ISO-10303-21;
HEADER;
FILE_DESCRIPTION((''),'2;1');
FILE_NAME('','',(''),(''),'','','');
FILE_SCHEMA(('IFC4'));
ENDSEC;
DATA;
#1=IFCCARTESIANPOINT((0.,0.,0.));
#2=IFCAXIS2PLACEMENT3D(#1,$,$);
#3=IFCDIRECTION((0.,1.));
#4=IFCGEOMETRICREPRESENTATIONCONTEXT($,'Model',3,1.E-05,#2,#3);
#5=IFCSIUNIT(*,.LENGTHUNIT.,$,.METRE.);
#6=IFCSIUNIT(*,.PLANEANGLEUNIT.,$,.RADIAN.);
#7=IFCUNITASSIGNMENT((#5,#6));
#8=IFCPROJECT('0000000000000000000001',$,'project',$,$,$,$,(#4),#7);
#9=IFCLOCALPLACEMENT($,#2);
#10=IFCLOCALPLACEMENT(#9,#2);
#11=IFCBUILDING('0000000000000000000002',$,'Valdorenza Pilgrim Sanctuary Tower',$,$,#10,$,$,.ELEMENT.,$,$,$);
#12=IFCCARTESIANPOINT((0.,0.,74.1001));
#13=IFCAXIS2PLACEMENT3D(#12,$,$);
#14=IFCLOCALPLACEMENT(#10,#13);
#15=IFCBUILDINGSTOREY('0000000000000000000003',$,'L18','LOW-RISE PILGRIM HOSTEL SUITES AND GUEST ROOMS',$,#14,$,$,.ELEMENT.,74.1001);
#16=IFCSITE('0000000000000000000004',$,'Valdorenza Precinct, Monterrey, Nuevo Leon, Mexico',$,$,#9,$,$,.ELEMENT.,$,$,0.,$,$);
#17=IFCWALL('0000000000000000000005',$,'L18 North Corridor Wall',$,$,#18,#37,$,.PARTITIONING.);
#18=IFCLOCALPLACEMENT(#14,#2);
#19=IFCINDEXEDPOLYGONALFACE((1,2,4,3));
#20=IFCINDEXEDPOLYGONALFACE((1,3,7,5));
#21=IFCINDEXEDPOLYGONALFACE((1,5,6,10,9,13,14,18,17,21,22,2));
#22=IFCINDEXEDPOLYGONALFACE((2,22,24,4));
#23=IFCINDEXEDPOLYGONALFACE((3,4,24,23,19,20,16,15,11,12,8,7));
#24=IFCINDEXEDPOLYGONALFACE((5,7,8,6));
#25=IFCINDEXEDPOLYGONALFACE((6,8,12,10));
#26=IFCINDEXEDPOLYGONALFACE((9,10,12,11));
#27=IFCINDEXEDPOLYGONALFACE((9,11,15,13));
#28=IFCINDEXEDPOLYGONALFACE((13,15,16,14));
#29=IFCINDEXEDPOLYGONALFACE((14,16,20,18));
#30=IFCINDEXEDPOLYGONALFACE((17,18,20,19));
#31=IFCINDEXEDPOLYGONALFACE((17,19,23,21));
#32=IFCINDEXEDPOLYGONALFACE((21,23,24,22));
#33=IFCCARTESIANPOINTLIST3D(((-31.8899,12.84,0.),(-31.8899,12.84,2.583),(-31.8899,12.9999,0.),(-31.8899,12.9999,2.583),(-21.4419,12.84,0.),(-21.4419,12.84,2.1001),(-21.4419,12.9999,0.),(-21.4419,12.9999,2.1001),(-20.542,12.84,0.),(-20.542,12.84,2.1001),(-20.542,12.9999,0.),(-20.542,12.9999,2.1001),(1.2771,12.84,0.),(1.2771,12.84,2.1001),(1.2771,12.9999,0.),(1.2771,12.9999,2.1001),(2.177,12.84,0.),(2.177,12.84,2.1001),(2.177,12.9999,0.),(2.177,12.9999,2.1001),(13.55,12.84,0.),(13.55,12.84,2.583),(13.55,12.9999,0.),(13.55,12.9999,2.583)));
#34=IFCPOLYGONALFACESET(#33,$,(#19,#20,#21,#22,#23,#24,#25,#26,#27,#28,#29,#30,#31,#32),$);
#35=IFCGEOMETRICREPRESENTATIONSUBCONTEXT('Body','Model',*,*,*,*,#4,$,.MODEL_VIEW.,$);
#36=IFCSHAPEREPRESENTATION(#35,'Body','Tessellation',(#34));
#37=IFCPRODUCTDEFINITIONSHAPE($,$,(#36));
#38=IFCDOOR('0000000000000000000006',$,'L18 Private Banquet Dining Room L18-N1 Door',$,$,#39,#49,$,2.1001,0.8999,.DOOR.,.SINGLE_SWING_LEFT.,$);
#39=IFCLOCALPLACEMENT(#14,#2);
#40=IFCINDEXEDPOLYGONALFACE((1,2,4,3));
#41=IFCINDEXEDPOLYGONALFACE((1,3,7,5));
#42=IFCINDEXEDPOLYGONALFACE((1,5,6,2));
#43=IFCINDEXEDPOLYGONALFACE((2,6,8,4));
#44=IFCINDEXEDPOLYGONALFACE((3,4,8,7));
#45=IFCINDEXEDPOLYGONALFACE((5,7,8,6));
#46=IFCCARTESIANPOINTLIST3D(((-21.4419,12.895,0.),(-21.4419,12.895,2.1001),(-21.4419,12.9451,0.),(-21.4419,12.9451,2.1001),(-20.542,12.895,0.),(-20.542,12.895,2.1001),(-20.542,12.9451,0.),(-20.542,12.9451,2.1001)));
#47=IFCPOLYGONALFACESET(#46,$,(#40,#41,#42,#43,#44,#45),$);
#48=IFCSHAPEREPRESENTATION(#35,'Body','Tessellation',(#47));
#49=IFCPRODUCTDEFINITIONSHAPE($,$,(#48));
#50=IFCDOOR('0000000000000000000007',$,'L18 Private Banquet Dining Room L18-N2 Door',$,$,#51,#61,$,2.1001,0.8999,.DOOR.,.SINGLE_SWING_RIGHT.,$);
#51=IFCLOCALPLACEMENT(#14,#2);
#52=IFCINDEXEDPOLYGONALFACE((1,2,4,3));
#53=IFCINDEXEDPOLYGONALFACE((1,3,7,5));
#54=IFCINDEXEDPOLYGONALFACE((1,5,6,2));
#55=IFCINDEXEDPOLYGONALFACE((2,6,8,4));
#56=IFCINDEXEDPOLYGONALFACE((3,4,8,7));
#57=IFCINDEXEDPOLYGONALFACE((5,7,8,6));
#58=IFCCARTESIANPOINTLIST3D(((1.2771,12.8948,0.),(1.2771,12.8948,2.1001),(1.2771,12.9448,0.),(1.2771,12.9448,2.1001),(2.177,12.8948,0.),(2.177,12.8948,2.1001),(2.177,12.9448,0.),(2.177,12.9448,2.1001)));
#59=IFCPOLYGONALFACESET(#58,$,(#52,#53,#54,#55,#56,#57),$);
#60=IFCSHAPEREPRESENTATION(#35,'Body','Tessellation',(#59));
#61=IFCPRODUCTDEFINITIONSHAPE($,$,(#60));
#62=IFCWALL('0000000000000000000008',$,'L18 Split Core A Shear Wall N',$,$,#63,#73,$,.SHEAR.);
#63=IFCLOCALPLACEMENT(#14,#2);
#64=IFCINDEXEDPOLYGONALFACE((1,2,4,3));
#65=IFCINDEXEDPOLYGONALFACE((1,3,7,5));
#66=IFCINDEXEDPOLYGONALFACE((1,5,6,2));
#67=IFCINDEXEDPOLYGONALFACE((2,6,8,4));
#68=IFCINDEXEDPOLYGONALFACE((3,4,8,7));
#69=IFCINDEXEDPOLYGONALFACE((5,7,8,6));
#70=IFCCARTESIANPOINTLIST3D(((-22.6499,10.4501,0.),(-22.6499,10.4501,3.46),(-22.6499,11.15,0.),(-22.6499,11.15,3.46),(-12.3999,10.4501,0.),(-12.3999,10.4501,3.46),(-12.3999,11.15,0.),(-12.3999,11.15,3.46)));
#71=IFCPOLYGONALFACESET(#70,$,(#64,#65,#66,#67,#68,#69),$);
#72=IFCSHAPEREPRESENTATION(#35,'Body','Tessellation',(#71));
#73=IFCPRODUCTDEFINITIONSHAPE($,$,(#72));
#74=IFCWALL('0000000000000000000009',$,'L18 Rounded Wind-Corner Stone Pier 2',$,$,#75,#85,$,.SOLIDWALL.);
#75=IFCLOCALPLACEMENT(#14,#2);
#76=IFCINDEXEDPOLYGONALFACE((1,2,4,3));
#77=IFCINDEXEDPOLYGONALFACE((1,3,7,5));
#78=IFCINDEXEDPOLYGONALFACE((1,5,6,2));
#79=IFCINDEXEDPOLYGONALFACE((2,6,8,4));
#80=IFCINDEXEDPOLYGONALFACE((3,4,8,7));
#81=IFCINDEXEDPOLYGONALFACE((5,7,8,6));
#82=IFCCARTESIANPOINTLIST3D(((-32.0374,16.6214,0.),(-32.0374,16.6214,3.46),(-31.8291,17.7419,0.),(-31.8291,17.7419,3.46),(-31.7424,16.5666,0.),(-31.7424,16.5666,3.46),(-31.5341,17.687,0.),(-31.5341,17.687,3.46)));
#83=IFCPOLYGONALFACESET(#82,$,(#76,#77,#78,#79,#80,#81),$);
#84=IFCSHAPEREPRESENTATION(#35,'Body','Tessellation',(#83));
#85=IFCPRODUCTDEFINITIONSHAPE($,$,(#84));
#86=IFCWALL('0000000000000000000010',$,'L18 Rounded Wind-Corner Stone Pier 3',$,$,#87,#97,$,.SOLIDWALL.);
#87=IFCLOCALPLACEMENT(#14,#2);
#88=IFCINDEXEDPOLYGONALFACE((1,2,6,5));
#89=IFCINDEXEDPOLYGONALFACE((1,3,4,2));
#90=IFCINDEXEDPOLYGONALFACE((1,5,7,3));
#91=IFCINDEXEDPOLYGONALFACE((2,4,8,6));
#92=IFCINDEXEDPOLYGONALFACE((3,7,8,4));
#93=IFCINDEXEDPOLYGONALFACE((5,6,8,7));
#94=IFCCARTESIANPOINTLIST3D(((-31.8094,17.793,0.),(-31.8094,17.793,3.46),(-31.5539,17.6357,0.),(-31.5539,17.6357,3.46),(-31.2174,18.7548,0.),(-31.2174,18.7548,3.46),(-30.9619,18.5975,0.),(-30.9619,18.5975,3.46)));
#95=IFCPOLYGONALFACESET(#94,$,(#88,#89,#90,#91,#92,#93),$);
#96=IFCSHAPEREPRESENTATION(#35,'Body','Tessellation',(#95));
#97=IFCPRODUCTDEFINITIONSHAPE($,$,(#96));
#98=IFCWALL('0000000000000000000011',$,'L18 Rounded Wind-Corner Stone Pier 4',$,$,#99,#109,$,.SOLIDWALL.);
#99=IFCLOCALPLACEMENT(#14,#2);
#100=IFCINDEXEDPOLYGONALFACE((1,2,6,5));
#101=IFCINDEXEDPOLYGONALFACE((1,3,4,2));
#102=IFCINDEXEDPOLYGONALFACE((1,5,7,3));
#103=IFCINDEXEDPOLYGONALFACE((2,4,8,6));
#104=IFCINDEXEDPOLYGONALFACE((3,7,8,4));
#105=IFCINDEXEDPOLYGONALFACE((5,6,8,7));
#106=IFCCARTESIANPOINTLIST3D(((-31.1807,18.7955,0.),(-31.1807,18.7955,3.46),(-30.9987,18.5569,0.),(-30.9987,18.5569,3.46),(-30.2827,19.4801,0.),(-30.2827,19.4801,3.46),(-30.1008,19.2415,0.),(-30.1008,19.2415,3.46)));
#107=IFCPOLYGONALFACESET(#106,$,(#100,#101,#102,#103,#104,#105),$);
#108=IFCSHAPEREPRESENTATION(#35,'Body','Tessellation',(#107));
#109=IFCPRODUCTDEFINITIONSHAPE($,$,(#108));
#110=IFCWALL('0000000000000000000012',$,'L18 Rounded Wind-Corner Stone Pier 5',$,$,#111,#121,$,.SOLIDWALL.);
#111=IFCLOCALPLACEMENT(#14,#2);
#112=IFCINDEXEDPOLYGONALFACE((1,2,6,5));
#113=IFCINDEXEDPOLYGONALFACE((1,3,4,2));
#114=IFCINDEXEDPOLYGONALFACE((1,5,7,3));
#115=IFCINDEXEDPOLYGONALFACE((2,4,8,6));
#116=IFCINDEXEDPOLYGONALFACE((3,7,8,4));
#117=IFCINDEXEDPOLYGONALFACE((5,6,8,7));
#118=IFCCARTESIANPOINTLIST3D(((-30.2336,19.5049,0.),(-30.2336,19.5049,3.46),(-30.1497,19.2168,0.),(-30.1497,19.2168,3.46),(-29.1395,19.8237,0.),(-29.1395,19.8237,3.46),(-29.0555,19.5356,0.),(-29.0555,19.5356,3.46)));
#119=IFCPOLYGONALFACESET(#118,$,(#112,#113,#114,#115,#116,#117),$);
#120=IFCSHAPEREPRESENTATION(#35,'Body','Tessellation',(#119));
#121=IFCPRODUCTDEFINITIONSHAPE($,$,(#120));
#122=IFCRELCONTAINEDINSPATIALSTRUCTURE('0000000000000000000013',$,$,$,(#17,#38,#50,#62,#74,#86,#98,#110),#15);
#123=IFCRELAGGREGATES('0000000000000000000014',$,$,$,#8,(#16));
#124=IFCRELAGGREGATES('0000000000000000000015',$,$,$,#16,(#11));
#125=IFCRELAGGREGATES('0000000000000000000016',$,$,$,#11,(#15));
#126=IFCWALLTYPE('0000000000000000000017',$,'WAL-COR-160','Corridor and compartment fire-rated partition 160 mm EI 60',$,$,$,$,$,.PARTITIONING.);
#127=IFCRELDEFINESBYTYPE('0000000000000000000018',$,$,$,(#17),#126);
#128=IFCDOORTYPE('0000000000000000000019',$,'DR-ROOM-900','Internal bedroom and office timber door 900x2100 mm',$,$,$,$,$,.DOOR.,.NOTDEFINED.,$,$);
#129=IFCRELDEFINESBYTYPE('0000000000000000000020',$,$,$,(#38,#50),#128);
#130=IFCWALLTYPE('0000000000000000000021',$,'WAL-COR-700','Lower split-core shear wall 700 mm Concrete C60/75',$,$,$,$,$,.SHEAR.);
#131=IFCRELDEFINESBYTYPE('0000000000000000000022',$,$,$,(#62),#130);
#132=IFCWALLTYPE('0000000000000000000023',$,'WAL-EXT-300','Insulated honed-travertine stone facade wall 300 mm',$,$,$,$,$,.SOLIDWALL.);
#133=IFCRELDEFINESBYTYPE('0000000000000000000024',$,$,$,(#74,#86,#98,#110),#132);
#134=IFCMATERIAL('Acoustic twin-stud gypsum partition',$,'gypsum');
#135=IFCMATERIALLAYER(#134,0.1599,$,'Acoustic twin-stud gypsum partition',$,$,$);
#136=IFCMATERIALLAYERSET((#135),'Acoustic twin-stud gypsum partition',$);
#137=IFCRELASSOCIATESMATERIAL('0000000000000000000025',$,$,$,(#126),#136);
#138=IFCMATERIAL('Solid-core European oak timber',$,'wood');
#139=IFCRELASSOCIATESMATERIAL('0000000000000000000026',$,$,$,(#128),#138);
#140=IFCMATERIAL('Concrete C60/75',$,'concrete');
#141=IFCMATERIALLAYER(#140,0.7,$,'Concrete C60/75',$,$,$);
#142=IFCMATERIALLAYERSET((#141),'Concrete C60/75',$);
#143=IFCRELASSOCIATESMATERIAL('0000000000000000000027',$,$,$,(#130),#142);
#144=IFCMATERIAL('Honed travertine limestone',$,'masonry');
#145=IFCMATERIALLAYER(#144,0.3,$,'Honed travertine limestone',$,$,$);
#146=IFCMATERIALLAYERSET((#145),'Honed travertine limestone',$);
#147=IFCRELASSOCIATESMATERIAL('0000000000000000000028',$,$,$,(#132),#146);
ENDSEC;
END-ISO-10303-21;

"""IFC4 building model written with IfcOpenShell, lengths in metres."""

from ifc_helpers import new_model, si_unit, direction, frame, frame_2d, origin, place, context, subcontext, project, spatial, rectangle, extrude, material, layer, layer_set, type_object, element, fill, save


model = new_model("IFC4")

# Units and contexts
model_context = context("Model", 3, precision=1e-05, world=origin(), true_north=direction((0.0, 1.0)))
body_context = subcontext(model_context, "Body", "Model", "MODEL_VIEW")
ifc_project = project(units=[si_unit("LENGTHUNIT", "METRE"), si_unit("PLANEANGLEUNIT", "RADIAN")], contexts=[model_context])

# Site, building, storey
site_placement = place(None, origin())
site = spatial("IfcSite", under=ifc_project, at=site_placement, Name="Valdorenza Precinct, Monterrey, Nuevo Leon, Mexico", CompositionType="ELEMENT", RefElevation=0.0)
building_placement = place(site_placement, origin())
building = spatial("IfcBuilding", under=site, at=building_placement, Name="Valdorenza Pilgrim Sanctuary Tower", CompositionType="ELEMENT")
storey_placement = place(building_placement, frame((0.0, 0.0, 74.1001)))
storey = spatial("IfcBuildingStorey", under=building, at=storey_placement, Name="L18", Description="LOW-RISE PILGRIM HOSTEL SUITES AND GUEST ROOMS", CompositionType="ELEMENT", Elevation=74.1001)

# Shared definitions
ifc_material_1 = material(Name="Concrete C60/75", Category="concrete")

# Shared definitions
ifc_material_2 = material(Name="Honed travertine limestone", Category="masonry")

# Shared definitions
ifc_material_3 = material(Name="Acoustic twin-stud gypsum partition", Category="gypsum")
ifc_layer_1 = layer(ifc_material_3, 0.1599, Name="Acoustic twin-stud gypsum partition")
ifc_layer_set_1 = layer_set([ifc_layer_1], Name="Acoustic twin-stud gypsum partition")
wall_type_1 = type_object("IfcWallType", Name="WAL-COR-160", Description="Corridor and compartment fire-rated partition 160 mm EI 60", PredefinedType="PARTITIONING", material=ifc_layer_set_1)

# Wall, openings, doors
wall_1_placement = place(storey_placement, frame((-31.8899, 12.9199, 0.0), z_axis=(0.0, 0.0, 1.0), x_axis=(1.0, 0.0, 0.0)))
wall_1 = element("IfcWall", 1, at=wall_1_placement, inside=storey, type_object=wall_type_1, Name="L18 North Corridor Wall", PredefinedType="PARTITIONING", context=body_context, shape_type="SweptSolid", body=[
    extrude(rectangle(XDim=45.4399, YDim=0.1599, at=frame_2d((22.72, 0.0))), origin(), (0.0, 0.0, 1.0), 2.583),
])
opening_1_placement = place(wall_1_placement, frame((10.448, 0.0, 0.0)))
opening_1 = element("IfcOpeningElement", 2, at=opening_1_placement, cuts=wall_1, PredefinedType="OPENING", context=body_context, shape_type="SweptSolid", body=[
    extrude(rectangle(XDim=0.8999, YDim=2.1001, at=frame_2d((0.45, 1.05))), frame((0.0, 0.0947, 0.0), z_axis=(0.0, -1.0, 0.0), x_axis=(1.0, 0.0, 0.0)), (0.0, 0.0, 1.0), 0.1897),
])
opening_2_placement = place(wall_1_placement, frame((33.167, 0.0, 0.0)))
opening_2 = element("IfcOpeningElement", 3, at=opening_2_placement, cuts=wall_1, PredefinedType="OPENING", context=body_context, shape_type="SweptSolid", body=[
    extrude(rectangle(XDim=0.8999, YDim=2.1001, at=frame_2d((0.45, 1.05))), frame((0.0, 0.0947, 0.0), z_axis=(0.0, -1.0, 0.0), x_axis=(1.0, 0.0, 0.0)), (0.0, 0.0, 1.0), 0.1897),
])
ifc_material_4 = material(Name="Solid-core European oak timber", Category="wood")
door_type = type_object("IfcDoorType", Name="DR-ROOM-900", Description="Internal bedroom and office timber door 900x2100 mm", OperationType="NOTDEFINED", PredefinedType="DOOR", material=ifc_material_4)
door_1_placement = place(opening_1_placement, frame((0.8999, 0.0, 0.0), z_axis=(0.0, 0.0, 1.0), x_axis=(-1.0, 0.0, 0.0)))
door_1 = element("IfcDoor", 4, at=door_1_placement, inside=storey, type_object=door_type, Name="L18 Private Banquet Dining Room L18-N1 Door", OperationType="SINGLE_SWING_LEFT", OverallHeight=2.1001, OverallWidth=0.8999, PredefinedType="DOOR", context=body_context, shape_type="SweptSolid", body=[
    extrude(rectangle(XDim=0.8999, YDim=2.1001, at=frame_2d((0.45, 1.05))), frame((0.0, 0.0249, 0.0), z_axis=(0.0, -1.0, 0.0), x_axis=(1.0, 0.0, 0.0)), (0.0, 0.0, 1.0), 0.05),
])
fill(opening_1, door_1)
door_2_placement = place(opening_2_placement, origin())
door_2 = element("IfcDoor", 5, at=door_2_placement, inside=storey, type_object=door_type, Name="L18 Private Banquet Dining Room L18-N2 Door", OperationType="SINGLE_SWING_RIGHT", OverallHeight=2.1001, OverallWidth=0.8999, PredefinedType="DOOR", context=body_context, shape_type="SweptSolid", body=[
    extrude(rectangle(XDim=0.8999, YDim=2.1001, at=frame_2d((0.45, 1.05))), frame((0.0, 0.0249, 0.0), z_axis=(0.0, -1.0, 0.0), x_axis=(1.0, 0.0, 0.0)), (0.0, 0.0, 1.0), 0.05),
])
fill(opening_2, door_2)

# Walls
ifc_layer_2 = layer(ifc_material_1, 0.7, Name="Concrete C60/75")
ifc_layer_set_2 = layer_set([ifc_layer_2], Name="Concrete C60/75")
wall_type_2 = type_object("IfcWallType", Name="WAL-COR-700", Description="Lower split-core shear wall 700 mm Concrete C60/75", PredefinedType="SHEAR", material=ifc_layer_set_2)
wall_2_placement = place(storey_placement, frame((-22.6499, 10.8, 0.0), z_axis=(0.0, 0.0, 1.0), x_axis=(1.0, 0.0, 0.0)))
element("IfcWall", 6, at=wall_2_placement, inside=storey, type_object=wall_type_2, Name="L18 Split Core A Shear Wall N", PredefinedType="SHEAR", context=body_context, shape_type="SweptSolid", body=[
    extrude(rectangle(XDim=10.25, YDim=0.7, at=frame_2d((5.125, 0.0))), origin(), (0.0, 0.0, 1.0), 3.46),
])
ifc_layer_3 = layer(ifc_material_2, 0.3, Name="Honed travertine limestone")
ifc_layer_set_3 = layer_set([ifc_layer_3], Name="Honed travertine limestone")
wall_type_3 = type_object("IfcWallType", Name="WAL-EXT-300", Description="Insulated honed-travertine stone facade wall 300 mm", PredefinedType="SOLIDWALL", material=ifc_layer_set_3)
wall_3_placement = place(storey_placement, frame((-31.8899, 16.594, 0.0), z_axis=(0.0, 0.0, 1.0), x_axis=(0.182749, 0.98316, 0.0)))
element("IfcWall", 7, at=wall_3_placement, inside=storey, type_object=wall_type_3, Name="L18 Rounded Wind-Corner Stone Pier 2", PredefinedType="SOLIDWALL", context=body_context, shape_type="SweptSolid", body=[
    extrude(rectangle(XDim=1.1396, YDim=0.3, at=frame_2d((0.5698, 0.0))), origin(), (0.0, 0.0, 1.0), 3.46),
])
wall_4_placement = place(storey_placement, frame((-31.6816, 17.7144, 0.0), z_axis=(0.0, 0.0, 1.0), x_axis=(0.524158, 0.851621, 0.0)))
element("IfcWall", 8, at=wall_4_placement, inside=storey, type_object=wall_type_3, Name="L18 Rounded Wind-Corner Stone Pier 3", PredefinedType="SOLIDWALL", context=body_context, shape_type="SweptSolid", body=[
    extrude(rectangle(XDim=1.1294, YDim=0.3, at=frame_2d((0.5647, 0.0))), origin(), (0.0, 0.0, 1.0), 3.46),
])
wall_5_placement = place(storey_placement, frame((-31.0896, 18.6763, 0.0), z_axis=(0.0, 0.0, 1.0), x_axis=(0.795253, 0.606278, 0.0)))
element("IfcWall", 9, at=wall_5_placement, inside=storey, type_object=wall_type_3, Name="L18 Rounded Wind-Corner Stone Pier 4", PredefinedType="SOLIDWALL", context=body_context, shape_type="SweptSolid", body=[
    extrude(rectangle(XDim=1.1292, YDim=0.3, at=frame_2d((0.5645, 0.0))), origin(), (0.0, 0.0, 1.0), 3.46),
])
wall_6_placement = place(storey_placement, frame((-30.1917, 19.3608, 0.0), z_axis=(0.0, 0.0, 1.0), x_axis=(0.960072, 0.279753, 0.0)))
element("IfcWall", 10, at=wall_6_placement, inside=storey, type_object=wall_type_3, Name="L18 Rounded Wind-Corner Stone Pier 5", PredefinedType="SOLIDWALL", context=body_context, shape_type="SweptSolid", body=[
    extrude(rectangle(XDim=1.1396, YDim=0.3, at=frame_2d((0.5698, 0.0))), origin(), (0.0, 0.0, 1.0), 3.46),
])

save(model, "model.ifc")
